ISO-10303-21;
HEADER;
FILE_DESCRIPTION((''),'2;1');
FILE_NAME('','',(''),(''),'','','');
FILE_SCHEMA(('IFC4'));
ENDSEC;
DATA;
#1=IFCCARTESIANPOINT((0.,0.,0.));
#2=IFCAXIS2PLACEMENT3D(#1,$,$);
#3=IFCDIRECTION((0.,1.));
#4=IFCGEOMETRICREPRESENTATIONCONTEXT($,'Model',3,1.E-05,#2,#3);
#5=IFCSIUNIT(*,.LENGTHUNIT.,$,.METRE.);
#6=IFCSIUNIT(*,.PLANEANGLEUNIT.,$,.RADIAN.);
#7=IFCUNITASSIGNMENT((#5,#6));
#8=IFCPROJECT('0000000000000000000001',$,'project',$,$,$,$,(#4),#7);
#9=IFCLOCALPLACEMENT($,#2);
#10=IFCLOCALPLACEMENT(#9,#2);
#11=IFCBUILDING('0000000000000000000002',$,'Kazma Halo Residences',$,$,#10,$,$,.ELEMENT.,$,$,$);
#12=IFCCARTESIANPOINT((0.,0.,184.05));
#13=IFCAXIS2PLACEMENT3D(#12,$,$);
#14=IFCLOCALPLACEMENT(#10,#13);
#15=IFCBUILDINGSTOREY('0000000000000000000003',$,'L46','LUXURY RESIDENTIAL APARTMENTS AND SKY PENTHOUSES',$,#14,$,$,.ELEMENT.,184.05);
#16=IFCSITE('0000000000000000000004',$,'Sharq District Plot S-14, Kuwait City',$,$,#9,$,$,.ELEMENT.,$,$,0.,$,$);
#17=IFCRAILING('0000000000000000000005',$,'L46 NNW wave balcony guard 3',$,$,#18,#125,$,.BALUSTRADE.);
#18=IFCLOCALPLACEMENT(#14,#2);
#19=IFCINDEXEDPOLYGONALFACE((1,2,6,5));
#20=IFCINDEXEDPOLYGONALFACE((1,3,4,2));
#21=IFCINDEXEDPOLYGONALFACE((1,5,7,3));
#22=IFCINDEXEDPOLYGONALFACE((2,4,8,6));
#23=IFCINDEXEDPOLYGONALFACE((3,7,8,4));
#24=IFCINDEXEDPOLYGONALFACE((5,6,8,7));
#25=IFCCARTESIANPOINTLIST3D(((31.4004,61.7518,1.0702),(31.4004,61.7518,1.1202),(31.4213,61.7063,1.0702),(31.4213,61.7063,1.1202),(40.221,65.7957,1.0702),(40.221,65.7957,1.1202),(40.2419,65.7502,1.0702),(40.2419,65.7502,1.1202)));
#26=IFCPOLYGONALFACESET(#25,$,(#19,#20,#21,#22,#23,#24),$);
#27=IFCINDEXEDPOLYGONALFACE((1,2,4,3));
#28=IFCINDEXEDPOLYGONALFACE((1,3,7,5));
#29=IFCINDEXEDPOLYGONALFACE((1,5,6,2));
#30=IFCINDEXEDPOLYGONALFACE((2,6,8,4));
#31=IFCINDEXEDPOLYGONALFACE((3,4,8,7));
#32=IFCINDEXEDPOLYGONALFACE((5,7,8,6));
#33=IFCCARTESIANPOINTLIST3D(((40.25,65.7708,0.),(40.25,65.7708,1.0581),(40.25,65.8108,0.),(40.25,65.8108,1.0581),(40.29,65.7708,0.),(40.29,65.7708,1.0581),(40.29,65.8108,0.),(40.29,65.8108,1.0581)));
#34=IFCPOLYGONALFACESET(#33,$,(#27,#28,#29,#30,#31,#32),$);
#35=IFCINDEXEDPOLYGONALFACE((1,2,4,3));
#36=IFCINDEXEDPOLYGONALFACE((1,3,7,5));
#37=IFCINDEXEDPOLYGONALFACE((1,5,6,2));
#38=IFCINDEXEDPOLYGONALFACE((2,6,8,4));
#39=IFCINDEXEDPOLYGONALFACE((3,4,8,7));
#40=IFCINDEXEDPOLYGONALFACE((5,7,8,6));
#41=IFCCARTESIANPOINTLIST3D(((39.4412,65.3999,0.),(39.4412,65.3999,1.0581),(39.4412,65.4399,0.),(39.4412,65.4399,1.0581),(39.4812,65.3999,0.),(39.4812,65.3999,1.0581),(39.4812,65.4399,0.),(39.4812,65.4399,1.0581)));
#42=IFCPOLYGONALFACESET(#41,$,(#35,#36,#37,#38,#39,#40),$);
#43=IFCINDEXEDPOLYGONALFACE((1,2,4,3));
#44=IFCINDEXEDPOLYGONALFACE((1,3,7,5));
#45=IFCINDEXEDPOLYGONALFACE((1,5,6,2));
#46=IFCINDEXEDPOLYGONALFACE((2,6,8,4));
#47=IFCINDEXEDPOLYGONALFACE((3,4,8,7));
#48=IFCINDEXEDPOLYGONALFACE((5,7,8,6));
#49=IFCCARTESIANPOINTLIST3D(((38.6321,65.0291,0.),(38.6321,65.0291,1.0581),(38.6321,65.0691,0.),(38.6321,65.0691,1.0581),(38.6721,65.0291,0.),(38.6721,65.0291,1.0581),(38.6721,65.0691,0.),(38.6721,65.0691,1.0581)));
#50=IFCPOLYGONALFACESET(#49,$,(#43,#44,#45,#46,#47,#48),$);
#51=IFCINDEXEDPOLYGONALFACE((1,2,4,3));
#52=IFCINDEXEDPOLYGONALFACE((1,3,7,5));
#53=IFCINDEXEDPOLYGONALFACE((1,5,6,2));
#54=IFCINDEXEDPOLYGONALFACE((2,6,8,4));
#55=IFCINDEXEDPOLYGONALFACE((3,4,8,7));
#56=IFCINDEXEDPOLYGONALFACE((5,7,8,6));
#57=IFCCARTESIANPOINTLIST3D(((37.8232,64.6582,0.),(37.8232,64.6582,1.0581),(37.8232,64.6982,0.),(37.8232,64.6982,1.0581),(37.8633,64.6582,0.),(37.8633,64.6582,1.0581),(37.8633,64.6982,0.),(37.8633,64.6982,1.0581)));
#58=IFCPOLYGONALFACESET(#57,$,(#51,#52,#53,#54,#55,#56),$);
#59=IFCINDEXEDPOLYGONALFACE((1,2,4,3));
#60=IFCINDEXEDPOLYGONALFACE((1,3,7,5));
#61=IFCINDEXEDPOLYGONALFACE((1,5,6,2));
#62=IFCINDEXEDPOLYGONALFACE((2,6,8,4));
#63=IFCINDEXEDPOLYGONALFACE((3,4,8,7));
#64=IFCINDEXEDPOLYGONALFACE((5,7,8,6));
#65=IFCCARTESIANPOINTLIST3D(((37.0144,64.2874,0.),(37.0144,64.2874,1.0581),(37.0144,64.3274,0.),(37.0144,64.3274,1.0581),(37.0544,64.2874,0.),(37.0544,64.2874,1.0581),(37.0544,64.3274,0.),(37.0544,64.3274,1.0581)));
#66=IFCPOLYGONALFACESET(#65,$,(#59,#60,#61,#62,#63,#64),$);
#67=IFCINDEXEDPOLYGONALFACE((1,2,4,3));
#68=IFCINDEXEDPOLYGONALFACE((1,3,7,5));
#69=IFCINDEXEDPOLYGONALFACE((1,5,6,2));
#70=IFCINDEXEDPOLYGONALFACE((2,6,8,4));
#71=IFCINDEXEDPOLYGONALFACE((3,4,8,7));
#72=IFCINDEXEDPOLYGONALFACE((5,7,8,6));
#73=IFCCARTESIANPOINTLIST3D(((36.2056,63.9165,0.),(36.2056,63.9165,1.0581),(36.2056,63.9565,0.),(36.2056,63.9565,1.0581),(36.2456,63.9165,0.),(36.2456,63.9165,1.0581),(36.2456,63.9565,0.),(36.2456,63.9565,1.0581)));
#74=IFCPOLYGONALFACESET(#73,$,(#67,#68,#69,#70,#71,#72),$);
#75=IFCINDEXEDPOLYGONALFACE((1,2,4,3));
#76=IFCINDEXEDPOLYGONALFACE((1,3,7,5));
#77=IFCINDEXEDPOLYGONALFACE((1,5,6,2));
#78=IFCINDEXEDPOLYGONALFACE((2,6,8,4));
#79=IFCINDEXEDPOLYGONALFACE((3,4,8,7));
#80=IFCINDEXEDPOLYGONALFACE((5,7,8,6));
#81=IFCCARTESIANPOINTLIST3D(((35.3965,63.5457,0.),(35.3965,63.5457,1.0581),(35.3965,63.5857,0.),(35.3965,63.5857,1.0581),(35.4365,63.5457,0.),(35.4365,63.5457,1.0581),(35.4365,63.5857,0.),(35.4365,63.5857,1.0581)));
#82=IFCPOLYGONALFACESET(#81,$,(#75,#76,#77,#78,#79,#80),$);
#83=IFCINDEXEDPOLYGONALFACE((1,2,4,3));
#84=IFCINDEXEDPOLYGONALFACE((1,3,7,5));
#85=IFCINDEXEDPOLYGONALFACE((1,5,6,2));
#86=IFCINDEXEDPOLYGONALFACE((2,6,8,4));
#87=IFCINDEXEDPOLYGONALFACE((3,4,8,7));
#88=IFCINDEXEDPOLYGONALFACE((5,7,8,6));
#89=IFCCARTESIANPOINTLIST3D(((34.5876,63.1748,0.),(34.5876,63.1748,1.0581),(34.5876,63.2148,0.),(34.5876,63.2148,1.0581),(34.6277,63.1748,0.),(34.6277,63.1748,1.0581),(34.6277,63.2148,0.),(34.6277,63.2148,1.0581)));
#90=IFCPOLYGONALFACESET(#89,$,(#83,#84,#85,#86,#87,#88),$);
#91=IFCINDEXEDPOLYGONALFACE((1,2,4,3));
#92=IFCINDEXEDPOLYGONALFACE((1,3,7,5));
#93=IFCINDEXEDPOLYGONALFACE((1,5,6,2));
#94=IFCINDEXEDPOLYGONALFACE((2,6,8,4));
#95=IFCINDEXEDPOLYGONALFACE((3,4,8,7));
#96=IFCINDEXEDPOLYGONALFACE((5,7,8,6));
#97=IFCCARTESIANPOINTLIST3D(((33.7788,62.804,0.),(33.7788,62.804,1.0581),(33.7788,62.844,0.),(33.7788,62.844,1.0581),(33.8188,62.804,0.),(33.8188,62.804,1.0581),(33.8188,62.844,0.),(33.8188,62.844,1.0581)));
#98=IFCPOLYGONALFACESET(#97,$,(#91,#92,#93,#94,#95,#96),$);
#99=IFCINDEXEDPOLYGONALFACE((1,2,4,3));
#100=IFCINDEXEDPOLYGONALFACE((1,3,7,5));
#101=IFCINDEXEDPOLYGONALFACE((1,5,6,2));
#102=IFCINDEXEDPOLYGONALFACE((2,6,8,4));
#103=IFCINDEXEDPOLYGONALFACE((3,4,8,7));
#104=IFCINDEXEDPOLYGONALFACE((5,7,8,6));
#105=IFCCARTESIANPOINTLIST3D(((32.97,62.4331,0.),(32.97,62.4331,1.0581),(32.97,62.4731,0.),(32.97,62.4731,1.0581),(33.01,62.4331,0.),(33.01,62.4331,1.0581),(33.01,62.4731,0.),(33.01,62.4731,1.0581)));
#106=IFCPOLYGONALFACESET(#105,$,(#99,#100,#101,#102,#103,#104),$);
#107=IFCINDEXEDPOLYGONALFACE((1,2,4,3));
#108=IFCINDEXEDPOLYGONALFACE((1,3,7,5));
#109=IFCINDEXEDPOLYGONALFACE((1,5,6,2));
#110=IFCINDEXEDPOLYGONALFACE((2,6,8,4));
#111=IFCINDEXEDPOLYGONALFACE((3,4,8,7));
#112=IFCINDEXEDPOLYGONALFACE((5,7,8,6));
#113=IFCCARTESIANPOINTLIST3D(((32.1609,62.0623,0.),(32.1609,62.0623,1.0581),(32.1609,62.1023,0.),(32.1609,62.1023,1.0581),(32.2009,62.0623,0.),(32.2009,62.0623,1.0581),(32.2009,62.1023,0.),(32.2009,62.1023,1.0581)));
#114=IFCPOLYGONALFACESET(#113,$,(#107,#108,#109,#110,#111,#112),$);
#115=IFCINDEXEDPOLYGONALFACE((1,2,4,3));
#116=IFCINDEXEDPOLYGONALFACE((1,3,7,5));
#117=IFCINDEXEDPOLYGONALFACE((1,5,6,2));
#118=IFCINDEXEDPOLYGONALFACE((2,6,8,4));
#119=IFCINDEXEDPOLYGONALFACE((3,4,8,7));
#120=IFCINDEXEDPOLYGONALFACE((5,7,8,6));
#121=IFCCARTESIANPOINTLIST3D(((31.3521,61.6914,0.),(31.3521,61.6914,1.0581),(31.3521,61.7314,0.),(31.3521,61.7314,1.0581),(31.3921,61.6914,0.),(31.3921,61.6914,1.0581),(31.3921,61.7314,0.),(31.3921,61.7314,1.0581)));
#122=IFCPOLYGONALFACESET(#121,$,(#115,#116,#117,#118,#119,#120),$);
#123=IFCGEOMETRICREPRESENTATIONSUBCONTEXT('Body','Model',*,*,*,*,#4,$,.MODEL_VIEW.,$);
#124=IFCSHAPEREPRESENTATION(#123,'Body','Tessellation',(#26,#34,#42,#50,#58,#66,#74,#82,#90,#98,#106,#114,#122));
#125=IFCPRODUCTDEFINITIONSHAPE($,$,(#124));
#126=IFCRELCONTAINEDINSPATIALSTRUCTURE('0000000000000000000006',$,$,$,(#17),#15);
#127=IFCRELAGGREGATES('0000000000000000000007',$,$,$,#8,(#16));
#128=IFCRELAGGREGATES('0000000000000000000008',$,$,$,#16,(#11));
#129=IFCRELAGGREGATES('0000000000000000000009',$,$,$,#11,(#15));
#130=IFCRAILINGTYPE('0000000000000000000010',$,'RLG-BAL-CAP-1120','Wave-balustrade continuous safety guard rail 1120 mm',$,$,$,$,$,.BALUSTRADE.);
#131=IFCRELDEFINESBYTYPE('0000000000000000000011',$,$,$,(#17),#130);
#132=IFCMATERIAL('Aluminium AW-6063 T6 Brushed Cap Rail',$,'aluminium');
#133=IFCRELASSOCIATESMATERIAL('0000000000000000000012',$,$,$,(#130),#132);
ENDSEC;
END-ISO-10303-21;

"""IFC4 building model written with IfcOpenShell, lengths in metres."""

from ifc_helpers import new_model, si_unit, direction, frame, origin, origin_2d, place, context, subcontext, project, spatial, rectangle, extrude, material, type_object, element, save


model = new_model("IFC4")

# Units and contexts
model_context = context("Model", 3, precision=1e-05, world=origin(), true_north=direction((0.0, 1.0)))
body_context = subcontext(model_context, "Body", "Model", "MODEL_VIEW")
ifc_project = project(units=[si_unit("LENGTHUNIT", "METRE"), si_unit("PLANEANGLEUNIT", "RADIAN")], contexts=[model_context])

# Site, building, storey
site_placement = place(None, origin())
site = spatial("IfcSite", under=ifc_project, at=site_placement, Name="Sharq District Plot S-14, Kuwait City", CompositionType="ELEMENT", RefElevation=0.0)
building_placement = place(site_placement, origin())
building = spatial("IfcBuilding", under=site, at=building_placement, Name="Kazma Halo Residences", CompositionType="ELEMENT")
storey_placement = place(building_placement, frame((0.0, 0.0, 184.05)))
storey = spatial("IfcBuildingStorey", under=building, at=storey_placement, Name="L46", Description="LUXURY RESIDENTIAL APARTMENTS AND SKY PENTHOUSES", CompositionType="ELEMENT", Elevation=184.05)

# Railing
ifc_material_1 = material(Name="Aluminium AW-6063 T6 Brushed Cap Rail", Category="aluminium")
railing_type = type_object("IfcRailingType", Name="RLG-BAL-CAP-1120", Description="Wave-balustrade continuous safety guard rail 1120 mm", PredefinedType="BALUSTRADE", material=ifc_material_1)
railing_placement = place(storey_placement, frame((40.27, 65.7908, 0.0)))
element("IfcRailing", 1, at=railing_placement, inside=storey, type_object=railing_type, Name="L46 NNW wave balcony guard 3", PredefinedType="BALUSTRADE", context=body_context, shape_type="SweptSolid", body=[
    extrude(rectangle(XDim=0.05, YDim=0.05, at=origin_2d()), frame((-0.0386, -0.0178, 1.0952), z_axis=(-0.909022, -0.416749, 0.0), x_axis=(0.416749, -0.909022, 0.0)), (0.0, 0.0, 1.0), 9.7034),
    extrude(rectangle(XDim=0.04, YDim=0.04, at=origin_2d()), origin(), (0.0, 0.0, 1.0), 1.0581),
    extrude(rectangle(XDim=0.04, YDim=0.04, at=origin_2d()), frame((-0.8088, -0.3708, 0.0)), (0.0, 0.0, 1.0), 1.0581),
    extrude(rectangle(XDim=0.04, YDim=0.04, at=origin_2d()), frame((-1.6179, -0.7417, 0.0)), (0.0, 0.0, 1.0), 1.0581),
    extrude(rectangle(XDim=0.04, YDim=0.04, at=origin_2d()), frame((-2.4268, -1.1125, 0.0)), (0.0, 0.0, 1.0), 1.0581),
    extrude(rectangle(XDim=0.04, YDim=0.04, at=origin_2d()), frame((-3.2356, -1.4834, 0.0)), (0.0, 0.0, 1.0), 1.0581),
    extrude(rectangle(XDim=0.04, YDim=0.04, at=origin_2d()), frame((-4.0444, -1.8542, 0.0)), (0.0, 0.0, 1.0), 1.0581),
    extrude(rectangle(XDim=0.04, YDim=0.04, at=origin_2d()), frame((-4.8535, -2.2251, 0.0)), (0.0, 0.0, 1.0), 1.0581),
    extrude(rectangle(XDim=0.04, YDim=0.04, at=origin_2d()), frame((-5.6624, -2.5959, 0.0)), (0.0, 0.0, 1.0), 1.0581),
    extrude(rectangle(XDim=0.04, YDim=0.04, at=origin_2d()), frame((-6.4712, -2.9668, 0.0)), (0.0, 0.0, 1.0), 1.0581),
    extrude(rectangle(XDim=0.04, YDim=0.04, at=origin_2d()), frame((-7.28, -3.3376, 0.0)), (0.0, 0.0, 1.0), 1.0581),
    extrude(rectangle(XDim=0.04, YDim=0.04, at=origin_2d()), frame((-8.0891, -3.7085, 0.0)), (0.0, 0.0, 1.0), 1.0581),
    extrude(rectangle(XDim=0.04, YDim=0.04, at=origin_2d()), frame((-8.8979, -4.0793, 0.0)), (0.0, 0.0, 1.0), 1.0581),
])

save(model, "model.ifc")
